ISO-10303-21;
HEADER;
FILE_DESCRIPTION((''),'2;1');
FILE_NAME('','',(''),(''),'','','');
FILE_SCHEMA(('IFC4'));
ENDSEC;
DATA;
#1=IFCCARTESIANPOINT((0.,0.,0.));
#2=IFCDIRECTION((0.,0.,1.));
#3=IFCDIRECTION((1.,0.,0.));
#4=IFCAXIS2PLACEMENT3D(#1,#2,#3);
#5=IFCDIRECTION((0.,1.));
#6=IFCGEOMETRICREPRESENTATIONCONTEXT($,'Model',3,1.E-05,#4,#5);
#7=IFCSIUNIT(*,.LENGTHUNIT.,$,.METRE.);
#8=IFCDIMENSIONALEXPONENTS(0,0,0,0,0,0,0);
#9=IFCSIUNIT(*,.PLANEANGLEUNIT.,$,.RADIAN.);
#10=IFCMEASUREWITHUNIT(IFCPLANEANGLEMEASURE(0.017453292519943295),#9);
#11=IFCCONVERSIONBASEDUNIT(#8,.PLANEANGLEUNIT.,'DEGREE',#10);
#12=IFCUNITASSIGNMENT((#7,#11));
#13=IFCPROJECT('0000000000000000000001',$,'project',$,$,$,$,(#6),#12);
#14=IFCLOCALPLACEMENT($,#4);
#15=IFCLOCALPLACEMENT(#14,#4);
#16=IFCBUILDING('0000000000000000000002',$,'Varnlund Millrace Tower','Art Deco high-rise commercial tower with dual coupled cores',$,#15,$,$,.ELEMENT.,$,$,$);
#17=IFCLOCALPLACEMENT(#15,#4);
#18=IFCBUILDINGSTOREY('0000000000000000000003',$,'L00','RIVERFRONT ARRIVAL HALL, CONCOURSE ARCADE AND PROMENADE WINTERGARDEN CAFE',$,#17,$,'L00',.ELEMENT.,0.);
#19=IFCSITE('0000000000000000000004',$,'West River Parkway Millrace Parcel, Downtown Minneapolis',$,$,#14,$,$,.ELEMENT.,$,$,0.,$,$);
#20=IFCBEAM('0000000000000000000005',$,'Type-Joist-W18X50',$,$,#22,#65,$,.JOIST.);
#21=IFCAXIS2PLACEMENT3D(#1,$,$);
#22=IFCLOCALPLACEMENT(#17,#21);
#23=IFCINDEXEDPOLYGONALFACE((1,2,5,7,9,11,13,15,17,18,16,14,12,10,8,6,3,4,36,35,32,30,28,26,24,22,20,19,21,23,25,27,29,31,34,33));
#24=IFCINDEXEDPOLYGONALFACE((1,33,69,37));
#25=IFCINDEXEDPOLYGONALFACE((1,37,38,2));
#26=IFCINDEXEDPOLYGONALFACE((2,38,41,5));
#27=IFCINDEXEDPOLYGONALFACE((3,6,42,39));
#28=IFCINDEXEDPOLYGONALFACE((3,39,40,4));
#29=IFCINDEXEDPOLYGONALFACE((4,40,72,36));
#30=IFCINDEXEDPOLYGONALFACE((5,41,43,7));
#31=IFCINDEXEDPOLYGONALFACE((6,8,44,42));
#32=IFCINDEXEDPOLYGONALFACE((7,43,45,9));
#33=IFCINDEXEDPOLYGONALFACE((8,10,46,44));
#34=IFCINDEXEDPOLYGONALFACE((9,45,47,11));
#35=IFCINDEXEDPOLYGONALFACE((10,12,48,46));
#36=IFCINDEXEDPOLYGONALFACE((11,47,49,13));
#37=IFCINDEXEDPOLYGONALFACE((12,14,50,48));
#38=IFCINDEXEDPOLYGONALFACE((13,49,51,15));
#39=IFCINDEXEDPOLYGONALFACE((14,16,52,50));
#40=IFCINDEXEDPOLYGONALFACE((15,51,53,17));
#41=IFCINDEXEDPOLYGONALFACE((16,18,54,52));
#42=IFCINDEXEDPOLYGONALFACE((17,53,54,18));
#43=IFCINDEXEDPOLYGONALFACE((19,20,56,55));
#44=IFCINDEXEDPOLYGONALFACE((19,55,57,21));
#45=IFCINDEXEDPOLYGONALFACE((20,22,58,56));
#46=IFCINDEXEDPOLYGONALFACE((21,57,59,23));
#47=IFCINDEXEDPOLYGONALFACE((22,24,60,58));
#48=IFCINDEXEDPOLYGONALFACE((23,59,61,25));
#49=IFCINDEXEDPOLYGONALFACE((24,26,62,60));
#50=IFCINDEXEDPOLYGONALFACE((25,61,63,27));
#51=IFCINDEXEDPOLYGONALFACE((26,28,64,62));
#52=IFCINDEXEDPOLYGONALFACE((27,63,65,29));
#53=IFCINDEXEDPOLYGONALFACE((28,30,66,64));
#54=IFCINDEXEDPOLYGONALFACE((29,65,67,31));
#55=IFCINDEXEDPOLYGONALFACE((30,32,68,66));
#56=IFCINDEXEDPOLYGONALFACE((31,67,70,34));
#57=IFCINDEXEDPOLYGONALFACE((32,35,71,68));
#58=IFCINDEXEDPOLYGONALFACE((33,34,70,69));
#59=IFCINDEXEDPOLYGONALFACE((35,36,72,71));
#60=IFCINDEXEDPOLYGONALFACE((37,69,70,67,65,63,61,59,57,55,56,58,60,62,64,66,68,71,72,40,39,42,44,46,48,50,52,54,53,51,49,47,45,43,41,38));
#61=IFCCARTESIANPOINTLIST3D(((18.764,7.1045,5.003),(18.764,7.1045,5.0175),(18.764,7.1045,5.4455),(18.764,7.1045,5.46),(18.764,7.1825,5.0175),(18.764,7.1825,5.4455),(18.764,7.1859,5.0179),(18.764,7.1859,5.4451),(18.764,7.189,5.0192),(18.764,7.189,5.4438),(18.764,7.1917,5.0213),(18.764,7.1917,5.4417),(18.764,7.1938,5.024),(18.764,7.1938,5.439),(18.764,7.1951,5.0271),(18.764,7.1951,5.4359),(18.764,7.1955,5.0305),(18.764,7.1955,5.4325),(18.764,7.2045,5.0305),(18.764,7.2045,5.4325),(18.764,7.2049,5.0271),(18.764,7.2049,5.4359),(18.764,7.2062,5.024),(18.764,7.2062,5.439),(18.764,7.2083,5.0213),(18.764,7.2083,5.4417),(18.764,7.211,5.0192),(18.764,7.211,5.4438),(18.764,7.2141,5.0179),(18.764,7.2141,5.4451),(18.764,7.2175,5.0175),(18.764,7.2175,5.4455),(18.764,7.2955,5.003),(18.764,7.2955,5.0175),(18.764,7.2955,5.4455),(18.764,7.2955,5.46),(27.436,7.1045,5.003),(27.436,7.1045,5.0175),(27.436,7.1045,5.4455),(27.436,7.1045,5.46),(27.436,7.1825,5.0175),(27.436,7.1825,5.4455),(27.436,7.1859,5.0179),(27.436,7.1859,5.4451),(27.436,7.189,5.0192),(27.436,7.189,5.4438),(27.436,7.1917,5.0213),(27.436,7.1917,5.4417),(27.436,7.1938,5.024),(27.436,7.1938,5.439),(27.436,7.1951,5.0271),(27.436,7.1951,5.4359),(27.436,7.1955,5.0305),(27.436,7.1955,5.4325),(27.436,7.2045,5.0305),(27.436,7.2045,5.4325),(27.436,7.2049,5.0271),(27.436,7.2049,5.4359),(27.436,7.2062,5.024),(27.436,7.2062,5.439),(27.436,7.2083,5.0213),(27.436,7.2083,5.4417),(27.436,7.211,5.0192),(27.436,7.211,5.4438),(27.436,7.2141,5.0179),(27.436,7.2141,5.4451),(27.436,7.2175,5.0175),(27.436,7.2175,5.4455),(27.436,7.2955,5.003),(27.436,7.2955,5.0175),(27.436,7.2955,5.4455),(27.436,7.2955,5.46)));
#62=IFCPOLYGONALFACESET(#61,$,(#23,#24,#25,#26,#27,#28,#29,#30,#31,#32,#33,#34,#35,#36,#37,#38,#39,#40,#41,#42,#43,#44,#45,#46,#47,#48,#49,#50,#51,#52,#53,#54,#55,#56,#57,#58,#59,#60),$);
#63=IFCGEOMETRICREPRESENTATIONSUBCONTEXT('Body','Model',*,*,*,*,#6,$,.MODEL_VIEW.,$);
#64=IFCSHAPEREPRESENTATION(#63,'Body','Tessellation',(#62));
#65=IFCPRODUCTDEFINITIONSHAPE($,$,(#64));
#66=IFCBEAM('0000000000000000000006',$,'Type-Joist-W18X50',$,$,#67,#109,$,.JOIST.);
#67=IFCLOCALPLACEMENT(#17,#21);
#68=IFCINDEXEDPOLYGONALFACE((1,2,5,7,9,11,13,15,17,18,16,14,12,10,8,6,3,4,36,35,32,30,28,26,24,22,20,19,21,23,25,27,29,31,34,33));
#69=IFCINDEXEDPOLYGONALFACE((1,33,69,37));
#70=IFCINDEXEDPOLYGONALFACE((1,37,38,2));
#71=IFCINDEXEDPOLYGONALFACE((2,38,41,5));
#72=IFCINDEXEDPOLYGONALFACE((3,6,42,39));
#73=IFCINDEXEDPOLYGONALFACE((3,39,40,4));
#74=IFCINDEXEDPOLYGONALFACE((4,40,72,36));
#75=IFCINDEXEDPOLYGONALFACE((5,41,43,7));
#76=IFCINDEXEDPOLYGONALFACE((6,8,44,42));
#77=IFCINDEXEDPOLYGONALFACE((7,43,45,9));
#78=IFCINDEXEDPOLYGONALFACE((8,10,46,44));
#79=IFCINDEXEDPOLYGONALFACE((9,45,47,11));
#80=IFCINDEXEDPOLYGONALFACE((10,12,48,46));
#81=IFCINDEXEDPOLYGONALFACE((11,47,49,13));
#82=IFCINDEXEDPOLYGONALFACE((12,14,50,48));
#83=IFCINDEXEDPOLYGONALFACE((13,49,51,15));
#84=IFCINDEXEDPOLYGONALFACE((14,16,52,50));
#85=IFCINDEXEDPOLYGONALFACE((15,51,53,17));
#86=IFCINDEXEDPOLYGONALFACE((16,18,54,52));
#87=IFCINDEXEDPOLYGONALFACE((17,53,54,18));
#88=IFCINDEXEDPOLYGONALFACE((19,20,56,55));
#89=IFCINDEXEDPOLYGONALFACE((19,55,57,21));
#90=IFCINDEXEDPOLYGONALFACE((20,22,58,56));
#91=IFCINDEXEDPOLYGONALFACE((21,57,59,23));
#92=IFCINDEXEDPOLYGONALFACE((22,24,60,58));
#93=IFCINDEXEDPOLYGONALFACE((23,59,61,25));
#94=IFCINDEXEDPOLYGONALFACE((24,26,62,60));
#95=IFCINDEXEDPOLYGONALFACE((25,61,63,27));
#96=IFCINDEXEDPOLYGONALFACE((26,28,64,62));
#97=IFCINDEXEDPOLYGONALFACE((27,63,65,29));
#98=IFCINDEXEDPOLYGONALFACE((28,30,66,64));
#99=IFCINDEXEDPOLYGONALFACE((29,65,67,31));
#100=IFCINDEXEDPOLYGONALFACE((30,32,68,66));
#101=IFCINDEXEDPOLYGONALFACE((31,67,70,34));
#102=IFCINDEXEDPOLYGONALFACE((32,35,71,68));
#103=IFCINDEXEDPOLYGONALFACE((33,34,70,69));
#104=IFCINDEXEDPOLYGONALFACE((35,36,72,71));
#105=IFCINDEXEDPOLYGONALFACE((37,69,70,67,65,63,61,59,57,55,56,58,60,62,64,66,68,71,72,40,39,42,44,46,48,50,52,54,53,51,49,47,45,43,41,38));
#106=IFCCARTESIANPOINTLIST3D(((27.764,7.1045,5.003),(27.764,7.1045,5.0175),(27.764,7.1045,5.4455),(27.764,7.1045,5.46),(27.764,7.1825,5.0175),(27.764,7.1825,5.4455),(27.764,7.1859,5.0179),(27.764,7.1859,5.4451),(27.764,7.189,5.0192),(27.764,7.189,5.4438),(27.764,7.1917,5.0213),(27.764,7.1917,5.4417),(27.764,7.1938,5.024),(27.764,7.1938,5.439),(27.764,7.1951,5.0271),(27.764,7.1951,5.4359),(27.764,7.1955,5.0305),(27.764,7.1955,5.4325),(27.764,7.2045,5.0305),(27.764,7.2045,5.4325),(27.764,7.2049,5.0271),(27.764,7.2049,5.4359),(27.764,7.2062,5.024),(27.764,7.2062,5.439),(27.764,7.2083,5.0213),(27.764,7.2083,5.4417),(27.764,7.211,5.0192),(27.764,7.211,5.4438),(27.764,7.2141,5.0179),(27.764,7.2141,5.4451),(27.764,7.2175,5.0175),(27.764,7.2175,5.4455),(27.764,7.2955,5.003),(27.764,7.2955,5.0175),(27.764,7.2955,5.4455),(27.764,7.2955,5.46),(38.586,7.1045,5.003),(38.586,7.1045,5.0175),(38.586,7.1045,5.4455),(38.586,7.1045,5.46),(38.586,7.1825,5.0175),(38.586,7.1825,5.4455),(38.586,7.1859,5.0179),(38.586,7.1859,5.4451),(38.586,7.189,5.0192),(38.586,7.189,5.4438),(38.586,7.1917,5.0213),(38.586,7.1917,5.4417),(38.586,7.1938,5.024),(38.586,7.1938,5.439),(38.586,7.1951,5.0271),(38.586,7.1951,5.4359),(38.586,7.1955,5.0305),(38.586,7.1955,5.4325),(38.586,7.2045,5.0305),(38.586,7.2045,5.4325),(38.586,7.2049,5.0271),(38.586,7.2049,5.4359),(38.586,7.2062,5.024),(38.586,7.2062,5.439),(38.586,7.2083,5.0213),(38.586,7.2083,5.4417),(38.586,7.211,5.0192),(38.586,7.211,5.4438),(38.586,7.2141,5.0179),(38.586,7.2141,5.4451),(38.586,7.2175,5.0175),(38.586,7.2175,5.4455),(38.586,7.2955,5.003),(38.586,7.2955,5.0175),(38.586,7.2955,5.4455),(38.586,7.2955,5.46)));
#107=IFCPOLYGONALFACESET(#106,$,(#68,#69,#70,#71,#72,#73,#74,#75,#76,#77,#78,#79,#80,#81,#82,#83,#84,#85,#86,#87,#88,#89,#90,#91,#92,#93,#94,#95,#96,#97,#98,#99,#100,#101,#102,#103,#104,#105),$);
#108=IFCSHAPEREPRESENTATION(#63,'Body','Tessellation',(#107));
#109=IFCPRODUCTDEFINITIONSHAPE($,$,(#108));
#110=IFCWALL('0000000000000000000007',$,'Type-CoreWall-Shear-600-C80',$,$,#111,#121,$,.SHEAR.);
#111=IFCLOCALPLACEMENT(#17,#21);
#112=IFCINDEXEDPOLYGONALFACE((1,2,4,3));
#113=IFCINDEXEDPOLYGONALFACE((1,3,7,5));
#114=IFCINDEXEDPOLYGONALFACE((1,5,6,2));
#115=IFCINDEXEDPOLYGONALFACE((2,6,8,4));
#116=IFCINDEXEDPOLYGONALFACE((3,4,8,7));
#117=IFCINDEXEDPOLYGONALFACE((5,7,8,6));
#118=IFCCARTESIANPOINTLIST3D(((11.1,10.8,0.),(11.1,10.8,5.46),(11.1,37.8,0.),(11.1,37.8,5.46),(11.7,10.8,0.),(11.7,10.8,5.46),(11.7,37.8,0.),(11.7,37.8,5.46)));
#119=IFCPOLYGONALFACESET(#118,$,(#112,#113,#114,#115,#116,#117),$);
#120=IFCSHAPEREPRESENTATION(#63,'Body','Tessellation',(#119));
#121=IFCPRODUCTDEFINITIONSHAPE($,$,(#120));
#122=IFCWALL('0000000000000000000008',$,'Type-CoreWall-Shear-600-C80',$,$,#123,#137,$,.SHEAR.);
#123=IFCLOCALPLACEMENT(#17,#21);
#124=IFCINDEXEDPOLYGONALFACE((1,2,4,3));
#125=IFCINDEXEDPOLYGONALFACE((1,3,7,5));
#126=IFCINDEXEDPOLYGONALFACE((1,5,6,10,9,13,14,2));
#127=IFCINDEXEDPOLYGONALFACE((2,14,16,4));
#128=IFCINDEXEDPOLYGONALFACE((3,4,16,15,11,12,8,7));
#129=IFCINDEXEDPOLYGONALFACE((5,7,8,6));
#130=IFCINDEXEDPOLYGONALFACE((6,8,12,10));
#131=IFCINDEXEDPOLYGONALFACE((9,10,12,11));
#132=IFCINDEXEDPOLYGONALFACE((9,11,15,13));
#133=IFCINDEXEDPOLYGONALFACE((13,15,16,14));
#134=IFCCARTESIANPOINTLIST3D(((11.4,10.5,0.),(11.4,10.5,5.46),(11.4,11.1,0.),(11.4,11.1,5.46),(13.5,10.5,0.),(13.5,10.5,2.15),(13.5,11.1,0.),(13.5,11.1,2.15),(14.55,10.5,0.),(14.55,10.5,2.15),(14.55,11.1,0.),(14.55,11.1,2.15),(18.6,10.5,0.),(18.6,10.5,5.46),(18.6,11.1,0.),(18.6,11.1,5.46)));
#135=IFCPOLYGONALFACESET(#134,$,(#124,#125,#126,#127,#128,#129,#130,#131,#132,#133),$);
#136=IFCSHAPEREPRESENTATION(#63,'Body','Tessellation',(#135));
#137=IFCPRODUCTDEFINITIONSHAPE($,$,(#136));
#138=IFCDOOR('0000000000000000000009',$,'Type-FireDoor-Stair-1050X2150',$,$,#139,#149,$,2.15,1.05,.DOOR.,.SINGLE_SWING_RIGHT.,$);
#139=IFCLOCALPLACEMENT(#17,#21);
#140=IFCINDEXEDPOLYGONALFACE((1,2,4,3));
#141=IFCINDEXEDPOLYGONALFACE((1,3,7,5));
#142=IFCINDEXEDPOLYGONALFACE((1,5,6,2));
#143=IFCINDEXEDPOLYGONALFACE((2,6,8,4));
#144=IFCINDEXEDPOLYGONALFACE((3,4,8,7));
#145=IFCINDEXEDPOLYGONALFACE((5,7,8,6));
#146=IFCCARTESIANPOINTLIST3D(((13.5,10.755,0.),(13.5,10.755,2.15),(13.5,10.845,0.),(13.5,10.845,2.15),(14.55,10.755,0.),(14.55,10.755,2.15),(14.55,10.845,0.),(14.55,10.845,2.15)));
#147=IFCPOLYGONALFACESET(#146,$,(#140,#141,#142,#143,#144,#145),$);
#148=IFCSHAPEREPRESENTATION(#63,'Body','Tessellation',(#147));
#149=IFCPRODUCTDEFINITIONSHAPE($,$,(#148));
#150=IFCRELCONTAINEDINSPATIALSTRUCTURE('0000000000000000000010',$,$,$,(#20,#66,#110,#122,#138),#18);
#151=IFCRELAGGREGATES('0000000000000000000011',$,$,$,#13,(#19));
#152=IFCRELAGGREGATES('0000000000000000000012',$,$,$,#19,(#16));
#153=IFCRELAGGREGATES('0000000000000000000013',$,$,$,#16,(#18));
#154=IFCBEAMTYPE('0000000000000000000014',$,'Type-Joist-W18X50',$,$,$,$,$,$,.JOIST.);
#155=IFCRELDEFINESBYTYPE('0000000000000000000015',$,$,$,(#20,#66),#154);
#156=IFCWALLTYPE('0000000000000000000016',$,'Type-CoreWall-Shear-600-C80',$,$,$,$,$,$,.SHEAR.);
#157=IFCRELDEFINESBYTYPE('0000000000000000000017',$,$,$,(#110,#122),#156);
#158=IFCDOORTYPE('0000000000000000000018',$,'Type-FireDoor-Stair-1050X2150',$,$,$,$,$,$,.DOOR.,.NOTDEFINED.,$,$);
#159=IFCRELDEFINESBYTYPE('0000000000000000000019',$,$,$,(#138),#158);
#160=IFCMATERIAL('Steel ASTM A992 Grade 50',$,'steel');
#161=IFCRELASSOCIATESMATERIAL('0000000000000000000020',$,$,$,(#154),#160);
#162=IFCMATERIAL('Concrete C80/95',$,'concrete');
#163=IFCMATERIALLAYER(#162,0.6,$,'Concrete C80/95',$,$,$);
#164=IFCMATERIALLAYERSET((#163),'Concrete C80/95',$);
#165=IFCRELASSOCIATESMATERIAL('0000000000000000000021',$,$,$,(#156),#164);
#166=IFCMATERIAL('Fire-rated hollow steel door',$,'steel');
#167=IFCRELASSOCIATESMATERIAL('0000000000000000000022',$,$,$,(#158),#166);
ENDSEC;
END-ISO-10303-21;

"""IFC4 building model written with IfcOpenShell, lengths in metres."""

from ifc_helpers import new_model, entity, si_unit, converted_unit, direction, frame, origin_with_axes, origin_2d_with_axis, place, context, subcontext, project, spatial, polyline, rectangle, i_section, outline, extrude, material, layer, layer_set, material_profile, profile_set, type_object, element, fill, save


model = new_model("IFC4")

# Units and contexts
model_context = context("Model", 3, precision=1e-05, world=origin_with_axes(), true_north=direction((0.0, 1.0)))
body_context = subcontext(model_context, "Body", "Model", "MODEL_VIEW")
ifc_project = project(units=[si_unit("LENGTHUNIT", "METRE"), converted_unit("PLANEANGLEUNIT", "DEGREE", entity("IfcPlaneAngleMeasure", 0.017453292519943295), si_unit("PLANEANGLEUNIT", "RADIAN"), dimensions=[0, 0, 0, 0, 0, 0, 0])], contexts=[model_context])

# Site, building, storey
site_placement = place(None, origin_with_axes())
site = spatial("IfcSite", under=ifc_project, at=site_placement, Name="West River Parkway Millrace Parcel, Downtown Minneapolis", CompositionType="ELEMENT", RefElevation=0.0)
building_placement = place(site_placement, origin_with_axes())
building = spatial("IfcBuilding", under=site, at=building_placement, Name="Varnlund Millrace Tower", Description="Art Deco high-rise commercial tower with dual coupled cores", CompositionType="ELEMENT")
storey_placement = place(building_placement, origin_with_axes())
storey = spatial("IfcBuildingStorey", under=building, at=storey_placement, Name="L00", Description="RIVERFRONT ARRIVAL HALL, CONCOURSE ARCADE AND PROMENADE WINTERGARDEN CAFE", LongName="L00", CompositionType="ELEMENT", Elevation=0.0)

# Shared definitions
ifc_material_1 = material(Name="Concrete C80/95", Category="concrete")

# Beams
ifc_material_2 = material(Name="Steel ASTM A992 Grade 50", Category="steel")
ifc_material_profile_1 = material_profile(ifc_material_2, i_section(OverallWidth=0.191, OverallDepth=0.457, WebThickness=0.009, FlangeThickness=0.0145, FilletRadius=0.013, at=origin_2d_with_axis()), Name="Steel ASTM A992 Grade 50")
ifc_profile_set_1 = profile_set([ifc_material_profile_1], Name="Steel ASTM A992 Grade 50")
beam_type_1 = type_object("IfcBeamType", Name="Type-Joist-W18X50", PredefinedType="JOIST", material=ifc_profile_set_1)
beam_1_placement = place(storey_placement, frame((18.764, 7.2, 5.2315), z_axis=(1.0, 0.0, 0.0), x_axis=(0.0, 1.0, 0.0)))
element("IfcBeam", 1, at=beam_1_placement, inside=storey, type_object=beam_type_1, Name="Type-Joist-W18X50", PredefinedType="JOIST", context=body_context, shape_type="SweptSolid", body=[
    extrude(i_section(OverallWidth=0.191, OverallDepth=0.457, WebThickness=0.009, FlangeThickness=0.0145, FilletRadius=0.013, at=origin_2d_with_axis()), origin_with_axes(), (0.0, 0.0, 1.0), 8.672),
])
beam_2_placement = place(storey_placement, frame((27.764, 7.2, 5.2315), z_axis=(1.0, 0.0, 0.0), x_axis=(0.0, 1.0, 0.0)))
element("IfcBeam", 2, at=beam_2_placement, inside=storey, type_object=beam_type_1, Name="Type-Joist-W18X50", PredefinedType="JOIST", context=body_context, shape_type="SweptSolid", body=[
    extrude(i_section(OverallWidth=0.191, OverallDepth=0.457, WebThickness=0.009, FlangeThickness=0.0145, FilletRadius=0.013, at=origin_2d_with_axis()), origin_with_axes(), (0.0, 0.0, 1.0), 10.822),
])

# Wall
ifc_layer_1 = layer(ifc_material_1, 0.6, Name="Concrete C80/95")
ifc_layer_set_1 = layer_set([ifc_layer_1], Name="Concrete C80/95")
wall_type_1 = type_object("IfcWallType", Name="Type-CoreWall-Shear-600-C80", PredefinedType="SHEAR", material=ifc_layer_set_1)
wall_1_placement = place(storey_placement, frame((11.4, 10.8, 0.0), z_axis=(0.0, 0.0, 1.0), x_axis=(0.0, 1.0, 0.0)))
element("IfcWall", 3, at=wall_1_placement, inside=storey, type_object=wall_type_1, Name="Type-CoreWall-Shear-600-C80", PredefinedType="SHEAR", context=body_context, shape_type="SweptSolid", body=[
    extrude(outline(polyline([(0.0, -0.3), (27.0, -0.3), (27.0, 0.3), (0.0, 0.3), (0.0, -0.3)])), origin_with_axes(), (0.0, 0.0, 1.0), 5.46),
])

# Wall, opening, door
wall_2_placement = place(storey_placement, frame((18.6, 10.8, 0.0), z_axis=(0.0, 0.0, 1.0), x_axis=(-1.0, 0.0, 0.0)))
wall_2 = element("IfcWall", 4, at=wall_2_placement, inside=storey, type_object=wall_type_1, Name="Type-CoreWall-Shear-600-C80", PredefinedType="SHEAR", context=body_context, shape_type="SweptSolid", body=[
    extrude(outline(polyline([(0.0, -0.3), (7.2, -0.3), (7.2, 0.3), (0.0, 0.3), (0.0, -0.3)])), origin_with_axes(), (0.0, 0.0, 1.0), 5.46),
])
opening_1_placement = place(wall_2_placement, frame((4.575, 0.0, 0.0), z_axis=(0.0, 0.0, 1.0), x_axis=(1.0, 0.0, 0.0)))
opening_1 = element("IfcOpeningElement", 5, at=opening_1_placement, cuts=wall_2, PredefinedType="OPENING", context=body_context, shape_type="SweptSolid", body=[
    extrude(rectangle(XDim=1.05, YDim=0.62, at=origin_2d_with_axis()), origin_with_axes(), (0.0, 0.0, 1.0), 2.15),
])
ifc_material_3 = material(Name="Fire-rated hollow steel door", Category="steel")
door_type_1 = type_object("IfcDoorType", Name="Type-FireDoor-Stair-1050X2150", OperationType="NOTDEFINED", PredefinedType="DOOR", material=ifc_material_3)
door_1_placement = place(wall_2_placement, frame((4.575, 0.0, 0.0), z_axis=(0.0, 0.0, 1.0), x_axis=(1.0, 0.0, 0.0)))
door_1 = element("IfcDoor", 6, at=door_1_placement, inside=storey, type_object=door_type_1, Name="Type-FireDoor-Stair-1050X2150", OperationType="SINGLE_SWING_RIGHT", OverallHeight=2.15, OverallWidth=1.05, PredefinedType="DOOR", context=body_context, shape_type="SweptSolid", body=[
    extrude(rectangle(XDim=1.05, YDim=0.09, at=origin_2d_with_axis()), origin_with_axes(), (0.0, 0.0, 1.0), 2.15),
])
fill(opening_1, door_1)

save(model, "model.ifc")
